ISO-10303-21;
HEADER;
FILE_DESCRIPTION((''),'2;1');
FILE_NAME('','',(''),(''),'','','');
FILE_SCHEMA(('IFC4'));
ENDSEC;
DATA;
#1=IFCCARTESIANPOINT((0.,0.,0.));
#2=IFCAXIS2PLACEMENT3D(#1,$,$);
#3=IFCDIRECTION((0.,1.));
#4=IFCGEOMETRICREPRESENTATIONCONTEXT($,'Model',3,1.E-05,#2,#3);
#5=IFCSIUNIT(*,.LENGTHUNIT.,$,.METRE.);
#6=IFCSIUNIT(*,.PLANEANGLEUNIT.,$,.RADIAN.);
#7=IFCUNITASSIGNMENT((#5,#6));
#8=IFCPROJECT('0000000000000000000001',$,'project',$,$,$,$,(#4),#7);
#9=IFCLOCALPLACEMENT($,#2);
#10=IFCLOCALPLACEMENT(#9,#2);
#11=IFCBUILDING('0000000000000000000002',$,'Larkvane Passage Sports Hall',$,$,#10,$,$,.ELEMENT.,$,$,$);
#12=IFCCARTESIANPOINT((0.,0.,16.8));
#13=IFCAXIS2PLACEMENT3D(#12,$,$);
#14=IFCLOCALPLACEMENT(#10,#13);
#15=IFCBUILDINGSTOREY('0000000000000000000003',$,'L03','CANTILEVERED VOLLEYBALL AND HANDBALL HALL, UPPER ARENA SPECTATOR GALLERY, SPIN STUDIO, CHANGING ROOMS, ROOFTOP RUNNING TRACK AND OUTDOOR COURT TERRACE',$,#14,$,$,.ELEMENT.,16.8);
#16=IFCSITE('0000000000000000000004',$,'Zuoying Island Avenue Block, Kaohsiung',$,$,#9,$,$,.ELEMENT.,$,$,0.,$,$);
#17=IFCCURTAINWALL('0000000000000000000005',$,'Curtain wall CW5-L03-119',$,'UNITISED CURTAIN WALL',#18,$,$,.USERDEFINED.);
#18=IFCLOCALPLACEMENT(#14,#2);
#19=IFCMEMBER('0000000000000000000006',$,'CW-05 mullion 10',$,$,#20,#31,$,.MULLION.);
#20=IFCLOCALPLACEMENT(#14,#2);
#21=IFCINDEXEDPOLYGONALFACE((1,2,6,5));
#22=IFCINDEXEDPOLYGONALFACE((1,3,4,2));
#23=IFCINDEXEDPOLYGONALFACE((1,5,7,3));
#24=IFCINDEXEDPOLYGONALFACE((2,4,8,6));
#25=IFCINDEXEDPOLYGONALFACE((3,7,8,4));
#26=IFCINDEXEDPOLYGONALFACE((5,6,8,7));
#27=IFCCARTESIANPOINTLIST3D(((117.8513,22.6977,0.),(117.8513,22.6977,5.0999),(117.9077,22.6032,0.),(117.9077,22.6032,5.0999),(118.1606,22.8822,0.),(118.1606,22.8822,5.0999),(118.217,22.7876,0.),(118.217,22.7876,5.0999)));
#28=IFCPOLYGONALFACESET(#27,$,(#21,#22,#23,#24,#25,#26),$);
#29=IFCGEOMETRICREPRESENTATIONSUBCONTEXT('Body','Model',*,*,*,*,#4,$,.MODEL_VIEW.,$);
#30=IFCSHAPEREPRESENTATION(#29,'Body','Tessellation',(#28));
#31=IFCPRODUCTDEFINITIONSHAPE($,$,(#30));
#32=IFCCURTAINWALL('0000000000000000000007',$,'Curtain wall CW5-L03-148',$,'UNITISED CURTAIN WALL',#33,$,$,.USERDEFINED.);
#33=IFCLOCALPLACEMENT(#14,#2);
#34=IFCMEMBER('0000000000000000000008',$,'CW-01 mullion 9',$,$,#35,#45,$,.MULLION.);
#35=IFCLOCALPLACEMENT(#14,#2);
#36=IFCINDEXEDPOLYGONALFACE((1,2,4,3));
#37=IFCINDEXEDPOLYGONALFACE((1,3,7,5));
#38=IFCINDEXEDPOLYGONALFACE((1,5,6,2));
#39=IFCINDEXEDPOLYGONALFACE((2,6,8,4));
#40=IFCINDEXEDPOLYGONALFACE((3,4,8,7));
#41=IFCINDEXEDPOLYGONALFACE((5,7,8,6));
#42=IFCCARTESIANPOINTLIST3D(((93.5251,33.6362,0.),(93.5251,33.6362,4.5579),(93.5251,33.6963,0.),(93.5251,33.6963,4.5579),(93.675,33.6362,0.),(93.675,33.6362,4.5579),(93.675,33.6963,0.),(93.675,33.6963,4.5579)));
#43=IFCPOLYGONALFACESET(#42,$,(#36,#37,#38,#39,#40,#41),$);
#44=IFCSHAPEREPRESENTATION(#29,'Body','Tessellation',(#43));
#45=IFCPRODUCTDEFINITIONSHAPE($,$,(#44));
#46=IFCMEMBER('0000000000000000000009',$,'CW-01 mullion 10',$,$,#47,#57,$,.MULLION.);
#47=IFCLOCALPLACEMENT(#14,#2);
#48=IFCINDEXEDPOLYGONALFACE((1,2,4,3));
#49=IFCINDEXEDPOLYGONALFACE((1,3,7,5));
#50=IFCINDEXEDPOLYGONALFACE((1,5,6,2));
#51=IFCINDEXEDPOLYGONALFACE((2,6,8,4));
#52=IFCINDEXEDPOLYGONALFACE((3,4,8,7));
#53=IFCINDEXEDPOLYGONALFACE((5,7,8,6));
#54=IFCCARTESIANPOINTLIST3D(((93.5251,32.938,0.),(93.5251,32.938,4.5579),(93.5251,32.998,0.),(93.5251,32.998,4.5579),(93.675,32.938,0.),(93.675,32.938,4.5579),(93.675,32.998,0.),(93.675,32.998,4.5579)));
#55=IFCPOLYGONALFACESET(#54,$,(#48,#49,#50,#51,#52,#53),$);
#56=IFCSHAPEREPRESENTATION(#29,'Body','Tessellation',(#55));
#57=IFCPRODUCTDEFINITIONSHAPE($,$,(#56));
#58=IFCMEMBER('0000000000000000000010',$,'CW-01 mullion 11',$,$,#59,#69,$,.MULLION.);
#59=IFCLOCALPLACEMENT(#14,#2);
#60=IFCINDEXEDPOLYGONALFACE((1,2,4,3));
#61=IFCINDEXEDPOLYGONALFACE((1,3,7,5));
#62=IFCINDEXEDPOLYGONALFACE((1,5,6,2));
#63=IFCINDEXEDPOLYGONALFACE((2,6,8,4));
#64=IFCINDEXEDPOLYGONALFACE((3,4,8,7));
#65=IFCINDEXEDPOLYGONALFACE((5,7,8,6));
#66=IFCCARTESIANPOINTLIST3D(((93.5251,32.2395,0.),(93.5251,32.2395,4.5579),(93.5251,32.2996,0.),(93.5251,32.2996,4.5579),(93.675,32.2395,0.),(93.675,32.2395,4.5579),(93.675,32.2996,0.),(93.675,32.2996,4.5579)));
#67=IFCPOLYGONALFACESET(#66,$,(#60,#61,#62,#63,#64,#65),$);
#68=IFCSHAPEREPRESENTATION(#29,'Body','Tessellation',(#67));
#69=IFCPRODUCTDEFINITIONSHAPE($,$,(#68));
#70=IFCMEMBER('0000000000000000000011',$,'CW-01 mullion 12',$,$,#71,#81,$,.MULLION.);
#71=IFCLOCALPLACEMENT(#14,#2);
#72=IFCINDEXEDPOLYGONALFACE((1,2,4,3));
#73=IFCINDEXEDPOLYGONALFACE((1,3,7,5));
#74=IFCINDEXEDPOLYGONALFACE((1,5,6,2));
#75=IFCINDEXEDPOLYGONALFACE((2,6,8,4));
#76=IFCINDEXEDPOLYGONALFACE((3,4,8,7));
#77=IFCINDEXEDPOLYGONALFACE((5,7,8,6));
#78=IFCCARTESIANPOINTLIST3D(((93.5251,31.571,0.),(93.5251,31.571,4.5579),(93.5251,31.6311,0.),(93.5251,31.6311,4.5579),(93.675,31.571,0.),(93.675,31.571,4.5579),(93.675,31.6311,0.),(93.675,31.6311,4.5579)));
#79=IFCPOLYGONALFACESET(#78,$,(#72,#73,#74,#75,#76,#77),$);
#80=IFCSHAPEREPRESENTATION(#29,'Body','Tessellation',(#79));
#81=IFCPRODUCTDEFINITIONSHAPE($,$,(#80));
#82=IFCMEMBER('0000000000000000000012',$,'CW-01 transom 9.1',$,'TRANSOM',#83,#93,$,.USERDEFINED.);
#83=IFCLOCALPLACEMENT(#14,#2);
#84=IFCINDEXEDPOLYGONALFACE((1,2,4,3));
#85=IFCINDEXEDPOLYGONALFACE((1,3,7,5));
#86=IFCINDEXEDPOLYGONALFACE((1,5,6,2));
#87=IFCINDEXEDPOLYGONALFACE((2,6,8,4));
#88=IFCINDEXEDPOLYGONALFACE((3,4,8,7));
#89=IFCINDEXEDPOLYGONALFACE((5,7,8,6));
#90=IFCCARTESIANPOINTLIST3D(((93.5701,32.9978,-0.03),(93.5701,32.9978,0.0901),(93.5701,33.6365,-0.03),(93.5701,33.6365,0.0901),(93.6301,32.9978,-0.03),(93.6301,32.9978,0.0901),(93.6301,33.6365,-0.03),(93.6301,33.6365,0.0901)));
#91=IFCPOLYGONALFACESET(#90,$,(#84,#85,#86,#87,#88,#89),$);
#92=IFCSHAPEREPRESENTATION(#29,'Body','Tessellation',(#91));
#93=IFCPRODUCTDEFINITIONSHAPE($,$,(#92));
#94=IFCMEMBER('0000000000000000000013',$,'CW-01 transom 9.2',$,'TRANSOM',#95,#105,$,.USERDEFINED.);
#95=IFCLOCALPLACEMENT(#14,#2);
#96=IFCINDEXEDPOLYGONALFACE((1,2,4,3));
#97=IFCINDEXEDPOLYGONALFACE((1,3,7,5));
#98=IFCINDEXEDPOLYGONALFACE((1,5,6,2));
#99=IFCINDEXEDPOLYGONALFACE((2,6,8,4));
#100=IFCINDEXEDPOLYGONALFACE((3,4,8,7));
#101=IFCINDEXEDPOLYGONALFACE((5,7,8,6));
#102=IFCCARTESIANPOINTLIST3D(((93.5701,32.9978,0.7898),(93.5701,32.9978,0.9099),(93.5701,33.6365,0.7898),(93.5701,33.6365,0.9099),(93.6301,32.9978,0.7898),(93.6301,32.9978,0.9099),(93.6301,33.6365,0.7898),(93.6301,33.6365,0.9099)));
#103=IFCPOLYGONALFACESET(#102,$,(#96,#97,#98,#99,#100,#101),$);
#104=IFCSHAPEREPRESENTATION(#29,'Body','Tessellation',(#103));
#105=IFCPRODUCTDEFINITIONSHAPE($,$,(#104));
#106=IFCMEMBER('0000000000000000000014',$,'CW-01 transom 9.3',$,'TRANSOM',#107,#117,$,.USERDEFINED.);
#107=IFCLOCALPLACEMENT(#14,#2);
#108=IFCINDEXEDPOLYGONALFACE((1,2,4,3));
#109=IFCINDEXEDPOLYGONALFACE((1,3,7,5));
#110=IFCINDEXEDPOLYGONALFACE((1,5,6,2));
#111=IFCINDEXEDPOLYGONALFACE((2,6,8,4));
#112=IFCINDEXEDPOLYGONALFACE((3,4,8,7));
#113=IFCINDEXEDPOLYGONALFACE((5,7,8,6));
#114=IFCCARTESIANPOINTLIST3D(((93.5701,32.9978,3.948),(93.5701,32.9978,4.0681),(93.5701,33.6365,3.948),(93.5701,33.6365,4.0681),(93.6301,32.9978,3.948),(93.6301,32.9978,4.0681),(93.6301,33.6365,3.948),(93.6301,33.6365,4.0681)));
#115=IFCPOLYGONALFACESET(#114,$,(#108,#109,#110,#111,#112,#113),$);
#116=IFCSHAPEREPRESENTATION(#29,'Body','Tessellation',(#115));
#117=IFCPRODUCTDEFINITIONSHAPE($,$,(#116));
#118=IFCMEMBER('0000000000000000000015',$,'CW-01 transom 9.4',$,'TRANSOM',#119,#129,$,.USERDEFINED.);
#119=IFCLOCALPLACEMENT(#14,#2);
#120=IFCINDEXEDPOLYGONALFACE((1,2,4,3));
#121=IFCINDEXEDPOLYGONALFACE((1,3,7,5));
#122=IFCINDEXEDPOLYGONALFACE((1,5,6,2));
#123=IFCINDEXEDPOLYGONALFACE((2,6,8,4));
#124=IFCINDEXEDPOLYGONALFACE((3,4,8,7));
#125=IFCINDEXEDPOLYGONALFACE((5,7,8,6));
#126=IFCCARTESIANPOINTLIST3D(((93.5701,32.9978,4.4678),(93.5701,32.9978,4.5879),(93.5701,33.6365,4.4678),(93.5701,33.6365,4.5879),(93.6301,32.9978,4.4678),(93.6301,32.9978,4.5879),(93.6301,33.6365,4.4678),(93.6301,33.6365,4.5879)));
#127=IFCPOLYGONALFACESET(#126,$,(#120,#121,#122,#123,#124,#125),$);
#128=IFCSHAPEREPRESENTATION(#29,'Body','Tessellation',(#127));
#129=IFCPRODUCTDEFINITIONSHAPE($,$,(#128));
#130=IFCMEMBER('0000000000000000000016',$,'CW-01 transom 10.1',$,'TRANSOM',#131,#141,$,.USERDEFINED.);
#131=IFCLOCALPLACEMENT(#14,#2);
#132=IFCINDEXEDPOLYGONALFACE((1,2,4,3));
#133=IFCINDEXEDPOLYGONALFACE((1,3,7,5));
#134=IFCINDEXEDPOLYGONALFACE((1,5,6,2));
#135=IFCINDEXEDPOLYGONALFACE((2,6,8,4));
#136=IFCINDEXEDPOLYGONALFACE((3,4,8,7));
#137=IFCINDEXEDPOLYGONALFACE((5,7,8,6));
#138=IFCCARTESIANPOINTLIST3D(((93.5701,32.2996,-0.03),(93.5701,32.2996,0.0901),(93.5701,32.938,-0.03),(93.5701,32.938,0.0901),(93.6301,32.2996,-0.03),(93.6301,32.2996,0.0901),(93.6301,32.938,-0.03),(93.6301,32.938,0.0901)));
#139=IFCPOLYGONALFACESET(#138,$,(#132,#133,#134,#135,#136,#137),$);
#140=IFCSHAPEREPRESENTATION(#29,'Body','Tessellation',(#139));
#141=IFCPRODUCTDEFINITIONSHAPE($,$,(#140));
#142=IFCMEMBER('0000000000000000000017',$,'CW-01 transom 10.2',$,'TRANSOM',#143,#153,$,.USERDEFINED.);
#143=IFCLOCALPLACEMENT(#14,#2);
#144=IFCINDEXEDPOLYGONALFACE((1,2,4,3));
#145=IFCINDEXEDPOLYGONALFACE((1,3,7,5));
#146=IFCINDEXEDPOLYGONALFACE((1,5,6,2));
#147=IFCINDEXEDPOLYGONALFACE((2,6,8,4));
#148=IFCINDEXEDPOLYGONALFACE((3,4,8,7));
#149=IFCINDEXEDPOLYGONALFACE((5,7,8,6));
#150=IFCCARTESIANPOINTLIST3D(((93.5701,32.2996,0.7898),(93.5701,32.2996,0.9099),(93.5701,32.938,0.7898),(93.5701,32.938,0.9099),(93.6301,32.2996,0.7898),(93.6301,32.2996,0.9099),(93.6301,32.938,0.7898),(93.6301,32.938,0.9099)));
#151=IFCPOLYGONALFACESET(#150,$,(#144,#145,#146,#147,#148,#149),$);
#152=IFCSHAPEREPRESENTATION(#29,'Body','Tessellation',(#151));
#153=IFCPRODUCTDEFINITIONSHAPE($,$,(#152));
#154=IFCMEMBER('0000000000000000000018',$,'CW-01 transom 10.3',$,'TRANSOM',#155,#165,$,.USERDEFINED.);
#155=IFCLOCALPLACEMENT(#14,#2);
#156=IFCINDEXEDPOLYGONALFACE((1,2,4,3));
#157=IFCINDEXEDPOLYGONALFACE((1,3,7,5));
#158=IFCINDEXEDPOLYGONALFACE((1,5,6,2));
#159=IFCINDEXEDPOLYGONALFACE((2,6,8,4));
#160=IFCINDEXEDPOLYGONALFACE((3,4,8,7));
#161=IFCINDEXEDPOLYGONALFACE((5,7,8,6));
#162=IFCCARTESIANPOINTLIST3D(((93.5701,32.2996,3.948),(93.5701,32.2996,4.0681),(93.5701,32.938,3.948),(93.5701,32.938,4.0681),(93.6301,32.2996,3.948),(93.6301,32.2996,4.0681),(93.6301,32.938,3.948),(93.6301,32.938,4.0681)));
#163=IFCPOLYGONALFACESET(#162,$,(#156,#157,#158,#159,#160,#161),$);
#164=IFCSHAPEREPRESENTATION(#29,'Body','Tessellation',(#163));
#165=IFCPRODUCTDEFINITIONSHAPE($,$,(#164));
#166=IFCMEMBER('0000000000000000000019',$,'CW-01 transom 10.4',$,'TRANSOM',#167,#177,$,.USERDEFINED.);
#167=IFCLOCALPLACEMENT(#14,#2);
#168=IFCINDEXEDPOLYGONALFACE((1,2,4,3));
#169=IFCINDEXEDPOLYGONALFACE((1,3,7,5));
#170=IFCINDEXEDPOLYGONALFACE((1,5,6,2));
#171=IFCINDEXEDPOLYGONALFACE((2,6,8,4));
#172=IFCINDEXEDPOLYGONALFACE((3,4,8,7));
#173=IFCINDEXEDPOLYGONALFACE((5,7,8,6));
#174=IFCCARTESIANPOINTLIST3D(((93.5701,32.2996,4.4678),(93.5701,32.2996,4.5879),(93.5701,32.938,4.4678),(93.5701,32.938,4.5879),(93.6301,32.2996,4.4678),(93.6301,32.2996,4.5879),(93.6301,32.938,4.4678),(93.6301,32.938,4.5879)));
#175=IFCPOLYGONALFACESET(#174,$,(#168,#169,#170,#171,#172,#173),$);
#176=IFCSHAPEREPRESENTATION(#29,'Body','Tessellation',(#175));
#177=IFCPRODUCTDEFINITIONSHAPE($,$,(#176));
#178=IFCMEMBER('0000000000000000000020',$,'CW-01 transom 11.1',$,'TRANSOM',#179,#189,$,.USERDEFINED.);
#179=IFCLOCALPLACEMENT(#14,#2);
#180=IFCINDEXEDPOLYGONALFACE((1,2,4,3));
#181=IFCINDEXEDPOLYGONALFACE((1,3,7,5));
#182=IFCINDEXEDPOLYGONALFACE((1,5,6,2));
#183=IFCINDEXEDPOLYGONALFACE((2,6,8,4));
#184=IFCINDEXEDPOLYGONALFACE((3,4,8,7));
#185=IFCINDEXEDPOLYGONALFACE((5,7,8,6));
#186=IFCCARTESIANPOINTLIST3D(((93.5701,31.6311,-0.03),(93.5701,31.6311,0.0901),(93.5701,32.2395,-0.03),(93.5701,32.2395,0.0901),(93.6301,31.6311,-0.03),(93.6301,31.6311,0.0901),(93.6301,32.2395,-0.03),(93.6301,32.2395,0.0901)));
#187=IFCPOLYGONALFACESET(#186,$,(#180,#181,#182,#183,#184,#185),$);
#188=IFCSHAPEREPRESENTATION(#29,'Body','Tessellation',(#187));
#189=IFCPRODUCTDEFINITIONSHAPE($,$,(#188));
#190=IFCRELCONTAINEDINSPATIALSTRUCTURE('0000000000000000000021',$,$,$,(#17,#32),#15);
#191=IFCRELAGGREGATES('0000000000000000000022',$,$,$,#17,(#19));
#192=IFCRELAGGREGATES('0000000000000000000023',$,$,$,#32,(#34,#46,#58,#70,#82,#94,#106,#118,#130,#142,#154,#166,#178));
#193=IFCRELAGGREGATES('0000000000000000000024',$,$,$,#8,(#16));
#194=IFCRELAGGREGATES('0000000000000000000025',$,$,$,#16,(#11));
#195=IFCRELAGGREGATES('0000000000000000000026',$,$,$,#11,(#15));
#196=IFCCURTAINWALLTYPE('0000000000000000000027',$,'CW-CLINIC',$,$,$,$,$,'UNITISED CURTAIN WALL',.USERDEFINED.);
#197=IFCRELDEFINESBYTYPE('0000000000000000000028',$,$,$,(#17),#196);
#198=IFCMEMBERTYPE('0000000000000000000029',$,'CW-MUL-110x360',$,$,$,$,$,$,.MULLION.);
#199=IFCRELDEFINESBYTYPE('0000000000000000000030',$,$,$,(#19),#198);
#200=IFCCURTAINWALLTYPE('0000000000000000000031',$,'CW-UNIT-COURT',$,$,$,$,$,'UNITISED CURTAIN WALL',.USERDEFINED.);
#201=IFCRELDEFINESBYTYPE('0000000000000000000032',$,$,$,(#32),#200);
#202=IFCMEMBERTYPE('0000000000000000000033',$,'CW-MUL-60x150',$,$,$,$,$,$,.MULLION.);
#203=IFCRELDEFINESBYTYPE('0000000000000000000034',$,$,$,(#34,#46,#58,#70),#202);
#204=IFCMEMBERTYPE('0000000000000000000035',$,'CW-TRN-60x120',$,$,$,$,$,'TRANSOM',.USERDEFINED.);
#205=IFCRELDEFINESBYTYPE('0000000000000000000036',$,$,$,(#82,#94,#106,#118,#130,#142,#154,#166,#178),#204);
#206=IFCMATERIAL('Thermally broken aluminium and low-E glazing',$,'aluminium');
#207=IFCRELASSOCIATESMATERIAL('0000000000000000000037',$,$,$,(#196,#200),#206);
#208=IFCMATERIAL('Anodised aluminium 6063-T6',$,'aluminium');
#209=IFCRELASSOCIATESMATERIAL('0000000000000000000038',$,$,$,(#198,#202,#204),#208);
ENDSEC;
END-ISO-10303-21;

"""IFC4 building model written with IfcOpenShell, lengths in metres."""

from ifc_helpers import new_model, si_unit, direction, frame, origin, origin_2d, place, context, subcontext, project, spatial, rectangle, extrude, material, material_profile, profile_set, type_object, element, aggregate, save


model = new_model("IFC4")

# Units and contexts
model_context = context("Model", 3, precision=1e-05, world=origin(), true_north=direction((0.0, 1.0)))
body_context = subcontext(model_context, "Body", "Model", "MODEL_VIEW")
ifc_project = project(units=[si_unit("LENGTHUNIT", "METRE"), si_unit("PLANEANGLEUNIT", "RADIAN")], contexts=[model_context])

# Site, building, storey
site_placement = place(None, origin())
site = spatial("IfcSite", under=ifc_project, at=site_placement, Name="Zuoying Island Avenue Block, Kaohsiung", CompositionType="ELEMENT", RefElevation=0.0)
building_placement = place(site_placement, origin())
building = spatial("IfcBuilding", under=site, at=building_placement, Name="Larkvane Passage Sports Hall", CompositionType="ELEMENT")
storey_placement = place(building_placement, frame((0.0, 0.0, 16.8)))
storey = spatial("IfcBuildingStorey", under=building, at=storey_placement, Name="L03", Description="CANTILEVERED VOLLEYBALL AND HANDBALL HALL, UPPER ARENA SPECTATOR GALLERY, SPIN STUDIO, CHANGING ROOMS, ROOFTOP RUNNING TRACK AND OUTDOOR COURT TERRACE", CompositionType="ELEMENT", Elevation=16.8)

# Curtain wall, member
ifc_material_1 = material(Name="Thermally broken aluminium and low-E glazing", Category="aluminium")
curtain_wall_type_1 = type_object("IfcCurtainWallType", Name="CW-CLINIC", ElementType="UNITISED CURTAIN WALL", PredefinedType="USERDEFINED", material=ifc_material_1)
curtain_wall_1_placement = place(storey_placement, origin())
curtain_wall_1 = element("IfcCurtainWall", 1, at=curtain_wall_1_placement, inside=storey, type_object=curtain_wall_type_1, Name="Curtain wall CW5-L03-119", ObjectType="UNITISED CURTAIN WALL", PredefinedType="USERDEFINED")
ifc_material_2 = material(Name="Anodised aluminium 6063-T6", Category="aluminium")
ifc_material_profile_1 = material_profile(ifc_material_2, rectangle(XDim=0.1101, YDim=0.3601, at=origin_2d()), Name="ALU-MUL-110x360")
ifc_profile_set_1 = profile_set([ifc_material_profile_1], Name="Anodised aluminium 6063-T6")
member_type_1 = type_object("IfcMemberType", Name="CW-MUL-110x360", PredefinedType="MULLION", material=ifc_profile_set_1)
member_1_placement = place(storey_placement, frame((118.0342, 22.7427, 0.0), z_axis=(0.0, 0.0, 1.0), x_axis=(-0.512274, 0.858822, 0.0)))
member_1 = element("IfcMember", 2, at=member_1_placement, type_object=member_type_1, Name="CW-05 mullion 10", PredefinedType="MULLION", context=body_context, shape_type="SweptSolid", body=[
    extrude(rectangle(XDim=0.1101, YDim=0.3601, at=origin_2d()), origin(), (0.0, 0.0, 1.0), 5.0999),
])
aggregate(curtain_wall_1, [member_1])

# Curtain wall, members
curtain_wall_type_2 = type_object("IfcCurtainWallType", Name="CW-UNIT-COURT", ElementType="UNITISED CURTAIN WALL", PredefinedType="USERDEFINED", material=ifc_material_1)
curtain_wall_2_placement = place(storey_placement, origin())
curtain_wall_2 = element("IfcCurtainWall", 3, at=curtain_wall_2_placement, inside=storey, type_object=curtain_wall_type_2, Name="Curtain wall CW5-L03-148", ObjectType="UNITISED CURTAIN WALL", PredefinedType="USERDEFINED")
ifc_material_profile_2 = material_profile(ifc_material_2, rectangle(XDim=0.0601, YDim=0.1499, at=origin_2d()), Name="ALU-MUL-60x150")
ifc_profile_set_2 = profile_set([ifc_material_profile_2], Name="Anodised aluminium 6063-T6")
member_type_2 = type_object("IfcMemberType", Name="CW-MUL-60x150", PredefinedType="MULLION", material=ifc_profile_set_2)
member_2_placement = place(storey_placement, frame((93.6001, 33.6663, 0.0), z_axis=(0.0, 0.0, 1.0), x_axis=(0.0, -1.0, 0.0)))
member_2 = element("IfcMember", 4, at=member_2_placement, type_object=member_type_2, Name="CW-01 mullion 9", PredefinedType="MULLION", context=body_context, shape_type="SweptSolid", body=[
    extrude(rectangle(XDim=0.0601, YDim=0.1499, at=origin_2d()), origin(), (0.0, 0.0, 1.0), 4.5579),
])
member_3_placement = place(storey_placement, frame((93.6001, 32.968, 0.0), z_axis=(0.0, 0.0, 1.0), x_axis=(0.0, -1.0, 0.0)))
member_3 = element("IfcMember", 5, at=member_3_placement, type_object=member_type_2, Name="CW-01 mullion 10", PredefinedType="MULLION", context=body_context, shape_type="SweptSolid", body=[
    extrude(rectangle(XDim=0.0601, YDim=0.1499, at=origin_2d()), origin(), (0.0, 0.0, 1.0), 4.5579),
])
member_4_placement = place(storey_placement, frame((93.6001, 32.2695, 0.0), z_axis=(0.0, 0.0, 1.0), x_axis=(0.0, -1.0, 0.0)))
member_4 = element("IfcMember", 6, at=member_4_placement, type_object=member_type_2, Name="CW-01 mullion 11", PredefinedType="MULLION", context=body_context, shape_type="SweptSolid", body=[
    extrude(rectangle(XDim=0.0601, YDim=0.1499, at=origin_2d()), origin(), (0.0, 0.0, 1.0), 4.5579),
])
member_5_placement = place(storey_placement, frame((93.6001, 31.6011, 0.0), z_axis=(0.0, 0.0, 1.0), x_axis=(0.0, -1.0, 0.0)))
member_5 = element("IfcMember", 7, at=member_5_placement, type_object=member_type_2, Name="CW-01 mullion 12", PredefinedType="MULLION", context=body_context, shape_type="SweptSolid", body=[
    extrude(rectangle(XDim=0.0601, YDim=0.1499, at=origin_2d()), origin(), (0.0, 0.0, 1.0), 4.5579),
])
ifc_material_profile_3 = material_profile(ifc_material_2, rectangle(XDim=0.0601, YDim=0.1201, at=origin_2d()), Name="ALU-TRN-60x120")
ifc_profile_set_3 = profile_set([ifc_material_profile_3], Name="Anodised aluminium 6063-T6")
member_type_3 = type_object("IfcMemberType", Name="CW-TRN-60x120", ElementType="TRANSOM", PredefinedType="USERDEFINED", material=ifc_profile_set_3)
member_6_placement = place(storey_placement, frame((93.6001, 33.6365, 0.03), z_axis=(0.0, -1.0, 0.0), x_axis=(1.0, 0.0, 0.0)))
member_6 = element("IfcMember", 8, at=member_6_placement, type_object=member_type_3, Name="CW-01 transom 9.1", ObjectType="TRANSOM", PredefinedType="USERDEFINED", context=body_context, shape_type="SweptSolid", body=[
    extrude(rectangle(XDim=0.0601, YDim=0.1201, at=origin_2d()), origin(), (0.0, 0.0, 1.0), 0.6387),
])
member_7_placement = place(storey_placement, frame((93.6001, 33.6365, 0.8499), z_axis=(0.0, -1.0, 0.0), x_axis=(1.0, 0.0, 0.0)))
member_7 = element("IfcMember", 9, at=member_7_placement, type_object=member_type_3, Name="CW-01 transom 9.2", ObjectType="TRANSOM", PredefinedType="USERDEFINED", context=body_context, shape_type="SweptSolid", body=[
    extrude(rectangle(XDim=0.0601, YDim=0.1201, at=origin_2d()), origin(), (0.0, 0.0, 1.0), 0.6387),
])
member_8_placement = place(storey_placement, frame((93.6001, 33.6365, 4.0081), z_axis=(0.0, -1.0, 0.0), x_axis=(1.0, 0.0, 0.0)))
member_8 = element("IfcMember", 10, at=member_8_placement, type_object=member_type_3, Name="CW-01 transom 9.3", ObjectType="TRANSOM", PredefinedType="USERDEFINED", context=body_context, shape_type="SweptSolid", body=[
    extrude(rectangle(XDim=0.0601, YDim=0.1201, at=origin_2d()), origin(), (0.0, 0.0, 1.0), 0.6387),
])
member_9_placement = place(storey_placement, frame((93.6001, 33.6365, 4.5278), z_axis=(0.0, -1.0, 0.0), x_axis=(1.0, 0.0, 0.0)))
member_9 = element("IfcMember", 11, at=member_9_placement, type_object=member_type_3, Name="CW-01 transom 9.4", ObjectType="TRANSOM", PredefinedType="USERDEFINED", context=body_context, shape_type="SweptSolid", body=[
    extrude(rectangle(XDim=0.0601, YDim=0.1201, at=origin_2d()), origin(), (0.0, 0.0, 1.0), 0.6387),
])
member_10_placement = place(storey_placement, frame((93.6001, 32.938, 0.03), z_axis=(0.0, -1.0, 0.0), x_axis=(1.0, 0.0, 0.0)))
member_10 = element("IfcMember", 12, at=member_10_placement, type_object=member_type_3, Name="CW-01 transom 10.1", ObjectType="TRANSOM", PredefinedType="USERDEFINED", context=body_context, shape_type="SweptSolid", body=[
    extrude(rectangle(XDim=0.0601, YDim=0.1201, at=origin_2d()), origin(), (0.0, 0.0, 1.0), 0.6384),
])
member_11_placement = place(storey_placement, frame((93.6001, 32.938, 0.8499), z_axis=(0.0, -1.0, 0.0), x_axis=(1.0, 0.0, 0.0)))
member_11 = element("IfcMember", 13, at=member_11_placement, type_object=member_type_3, Name="CW-01 transom 10.2", ObjectType="TRANSOM", PredefinedType="USERDEFINED", context=body_context, shape_type="SweptSolid", body=[
    extrude(rectangle(XDim=0.0601, YDim=0.1201, at=origin_2d()), origin(), (0.0, 0.0, 1.0), 0.6384),
])
member_12_placement = place(storey_placement, frame((93.6001, 32.938, 4.0081), z_axis=(0.0, -1.0, 0.0), x_axis=(1.0, 0.0, 0.0)))
member_12 = element("IfcMember", 14, at=member_12_placement, type_object=member_type_3, Name="CW-01 transom 10.3", ObjectType="TRANSOM", PredefinedType="USERDEFINED", context=body_context, shape_type="SweptSolid", body=[
    extrude(rectangle(XDim=0.0601, YDim=0.1201, at=origin_2d()), origin(), (0.0, 0.0, 1.0), 0.6384),
])
member_13_placement = place(storey_placement, frame((93.6001, 32.938, 4.5278), z_axis=(0.0, -1.0, 0.0), x_axis=(1.0, 0.0, 0.0)))
member_13 = element("IfcMember", 15, at=member_13_placement, type_object=member_type_3, Name="CW-01 transom 10.4", ObjectType="TRANSOM", PredefinedType="USERDEFINED", context=body_context, shape_type="SweptSolid", body=[
    extrude(rectangle(XDim=0.0601, YDim=0.1201, at=origin_2d()), origin(), (0.0, 0.0, 1.0), 0.6384),
])
member_14_placement = place(storey_placement, frame((93.6001, 32.2395, 0.03), z_axis=(0.0, -1.0, 0.0), x_axis=(1.0, 0.0, 0.0)))
member_14 = element("IfcMember", 16, at=member_14_placement, type_object=member_type_3, Name="CW-01 transom 11.1", ObjectType="TRANSOM", PredefinedType="USERDEFINED", context=body_context, shape_type="SweptSolid", body=[
    extrude(rectangle(XDim=0.0601, YDim=0.1201, at=origin_2d()), origin(), (0.0, 0.0, 1.0), 0.6084),
])
aggregate(curtain_wall_2, [member_2, member_3, member_4, member_5, member_6, member_7, member_8, member_9, member_10, member_11, member_12, member_13, member_14])

save(model, "model.ifc")
